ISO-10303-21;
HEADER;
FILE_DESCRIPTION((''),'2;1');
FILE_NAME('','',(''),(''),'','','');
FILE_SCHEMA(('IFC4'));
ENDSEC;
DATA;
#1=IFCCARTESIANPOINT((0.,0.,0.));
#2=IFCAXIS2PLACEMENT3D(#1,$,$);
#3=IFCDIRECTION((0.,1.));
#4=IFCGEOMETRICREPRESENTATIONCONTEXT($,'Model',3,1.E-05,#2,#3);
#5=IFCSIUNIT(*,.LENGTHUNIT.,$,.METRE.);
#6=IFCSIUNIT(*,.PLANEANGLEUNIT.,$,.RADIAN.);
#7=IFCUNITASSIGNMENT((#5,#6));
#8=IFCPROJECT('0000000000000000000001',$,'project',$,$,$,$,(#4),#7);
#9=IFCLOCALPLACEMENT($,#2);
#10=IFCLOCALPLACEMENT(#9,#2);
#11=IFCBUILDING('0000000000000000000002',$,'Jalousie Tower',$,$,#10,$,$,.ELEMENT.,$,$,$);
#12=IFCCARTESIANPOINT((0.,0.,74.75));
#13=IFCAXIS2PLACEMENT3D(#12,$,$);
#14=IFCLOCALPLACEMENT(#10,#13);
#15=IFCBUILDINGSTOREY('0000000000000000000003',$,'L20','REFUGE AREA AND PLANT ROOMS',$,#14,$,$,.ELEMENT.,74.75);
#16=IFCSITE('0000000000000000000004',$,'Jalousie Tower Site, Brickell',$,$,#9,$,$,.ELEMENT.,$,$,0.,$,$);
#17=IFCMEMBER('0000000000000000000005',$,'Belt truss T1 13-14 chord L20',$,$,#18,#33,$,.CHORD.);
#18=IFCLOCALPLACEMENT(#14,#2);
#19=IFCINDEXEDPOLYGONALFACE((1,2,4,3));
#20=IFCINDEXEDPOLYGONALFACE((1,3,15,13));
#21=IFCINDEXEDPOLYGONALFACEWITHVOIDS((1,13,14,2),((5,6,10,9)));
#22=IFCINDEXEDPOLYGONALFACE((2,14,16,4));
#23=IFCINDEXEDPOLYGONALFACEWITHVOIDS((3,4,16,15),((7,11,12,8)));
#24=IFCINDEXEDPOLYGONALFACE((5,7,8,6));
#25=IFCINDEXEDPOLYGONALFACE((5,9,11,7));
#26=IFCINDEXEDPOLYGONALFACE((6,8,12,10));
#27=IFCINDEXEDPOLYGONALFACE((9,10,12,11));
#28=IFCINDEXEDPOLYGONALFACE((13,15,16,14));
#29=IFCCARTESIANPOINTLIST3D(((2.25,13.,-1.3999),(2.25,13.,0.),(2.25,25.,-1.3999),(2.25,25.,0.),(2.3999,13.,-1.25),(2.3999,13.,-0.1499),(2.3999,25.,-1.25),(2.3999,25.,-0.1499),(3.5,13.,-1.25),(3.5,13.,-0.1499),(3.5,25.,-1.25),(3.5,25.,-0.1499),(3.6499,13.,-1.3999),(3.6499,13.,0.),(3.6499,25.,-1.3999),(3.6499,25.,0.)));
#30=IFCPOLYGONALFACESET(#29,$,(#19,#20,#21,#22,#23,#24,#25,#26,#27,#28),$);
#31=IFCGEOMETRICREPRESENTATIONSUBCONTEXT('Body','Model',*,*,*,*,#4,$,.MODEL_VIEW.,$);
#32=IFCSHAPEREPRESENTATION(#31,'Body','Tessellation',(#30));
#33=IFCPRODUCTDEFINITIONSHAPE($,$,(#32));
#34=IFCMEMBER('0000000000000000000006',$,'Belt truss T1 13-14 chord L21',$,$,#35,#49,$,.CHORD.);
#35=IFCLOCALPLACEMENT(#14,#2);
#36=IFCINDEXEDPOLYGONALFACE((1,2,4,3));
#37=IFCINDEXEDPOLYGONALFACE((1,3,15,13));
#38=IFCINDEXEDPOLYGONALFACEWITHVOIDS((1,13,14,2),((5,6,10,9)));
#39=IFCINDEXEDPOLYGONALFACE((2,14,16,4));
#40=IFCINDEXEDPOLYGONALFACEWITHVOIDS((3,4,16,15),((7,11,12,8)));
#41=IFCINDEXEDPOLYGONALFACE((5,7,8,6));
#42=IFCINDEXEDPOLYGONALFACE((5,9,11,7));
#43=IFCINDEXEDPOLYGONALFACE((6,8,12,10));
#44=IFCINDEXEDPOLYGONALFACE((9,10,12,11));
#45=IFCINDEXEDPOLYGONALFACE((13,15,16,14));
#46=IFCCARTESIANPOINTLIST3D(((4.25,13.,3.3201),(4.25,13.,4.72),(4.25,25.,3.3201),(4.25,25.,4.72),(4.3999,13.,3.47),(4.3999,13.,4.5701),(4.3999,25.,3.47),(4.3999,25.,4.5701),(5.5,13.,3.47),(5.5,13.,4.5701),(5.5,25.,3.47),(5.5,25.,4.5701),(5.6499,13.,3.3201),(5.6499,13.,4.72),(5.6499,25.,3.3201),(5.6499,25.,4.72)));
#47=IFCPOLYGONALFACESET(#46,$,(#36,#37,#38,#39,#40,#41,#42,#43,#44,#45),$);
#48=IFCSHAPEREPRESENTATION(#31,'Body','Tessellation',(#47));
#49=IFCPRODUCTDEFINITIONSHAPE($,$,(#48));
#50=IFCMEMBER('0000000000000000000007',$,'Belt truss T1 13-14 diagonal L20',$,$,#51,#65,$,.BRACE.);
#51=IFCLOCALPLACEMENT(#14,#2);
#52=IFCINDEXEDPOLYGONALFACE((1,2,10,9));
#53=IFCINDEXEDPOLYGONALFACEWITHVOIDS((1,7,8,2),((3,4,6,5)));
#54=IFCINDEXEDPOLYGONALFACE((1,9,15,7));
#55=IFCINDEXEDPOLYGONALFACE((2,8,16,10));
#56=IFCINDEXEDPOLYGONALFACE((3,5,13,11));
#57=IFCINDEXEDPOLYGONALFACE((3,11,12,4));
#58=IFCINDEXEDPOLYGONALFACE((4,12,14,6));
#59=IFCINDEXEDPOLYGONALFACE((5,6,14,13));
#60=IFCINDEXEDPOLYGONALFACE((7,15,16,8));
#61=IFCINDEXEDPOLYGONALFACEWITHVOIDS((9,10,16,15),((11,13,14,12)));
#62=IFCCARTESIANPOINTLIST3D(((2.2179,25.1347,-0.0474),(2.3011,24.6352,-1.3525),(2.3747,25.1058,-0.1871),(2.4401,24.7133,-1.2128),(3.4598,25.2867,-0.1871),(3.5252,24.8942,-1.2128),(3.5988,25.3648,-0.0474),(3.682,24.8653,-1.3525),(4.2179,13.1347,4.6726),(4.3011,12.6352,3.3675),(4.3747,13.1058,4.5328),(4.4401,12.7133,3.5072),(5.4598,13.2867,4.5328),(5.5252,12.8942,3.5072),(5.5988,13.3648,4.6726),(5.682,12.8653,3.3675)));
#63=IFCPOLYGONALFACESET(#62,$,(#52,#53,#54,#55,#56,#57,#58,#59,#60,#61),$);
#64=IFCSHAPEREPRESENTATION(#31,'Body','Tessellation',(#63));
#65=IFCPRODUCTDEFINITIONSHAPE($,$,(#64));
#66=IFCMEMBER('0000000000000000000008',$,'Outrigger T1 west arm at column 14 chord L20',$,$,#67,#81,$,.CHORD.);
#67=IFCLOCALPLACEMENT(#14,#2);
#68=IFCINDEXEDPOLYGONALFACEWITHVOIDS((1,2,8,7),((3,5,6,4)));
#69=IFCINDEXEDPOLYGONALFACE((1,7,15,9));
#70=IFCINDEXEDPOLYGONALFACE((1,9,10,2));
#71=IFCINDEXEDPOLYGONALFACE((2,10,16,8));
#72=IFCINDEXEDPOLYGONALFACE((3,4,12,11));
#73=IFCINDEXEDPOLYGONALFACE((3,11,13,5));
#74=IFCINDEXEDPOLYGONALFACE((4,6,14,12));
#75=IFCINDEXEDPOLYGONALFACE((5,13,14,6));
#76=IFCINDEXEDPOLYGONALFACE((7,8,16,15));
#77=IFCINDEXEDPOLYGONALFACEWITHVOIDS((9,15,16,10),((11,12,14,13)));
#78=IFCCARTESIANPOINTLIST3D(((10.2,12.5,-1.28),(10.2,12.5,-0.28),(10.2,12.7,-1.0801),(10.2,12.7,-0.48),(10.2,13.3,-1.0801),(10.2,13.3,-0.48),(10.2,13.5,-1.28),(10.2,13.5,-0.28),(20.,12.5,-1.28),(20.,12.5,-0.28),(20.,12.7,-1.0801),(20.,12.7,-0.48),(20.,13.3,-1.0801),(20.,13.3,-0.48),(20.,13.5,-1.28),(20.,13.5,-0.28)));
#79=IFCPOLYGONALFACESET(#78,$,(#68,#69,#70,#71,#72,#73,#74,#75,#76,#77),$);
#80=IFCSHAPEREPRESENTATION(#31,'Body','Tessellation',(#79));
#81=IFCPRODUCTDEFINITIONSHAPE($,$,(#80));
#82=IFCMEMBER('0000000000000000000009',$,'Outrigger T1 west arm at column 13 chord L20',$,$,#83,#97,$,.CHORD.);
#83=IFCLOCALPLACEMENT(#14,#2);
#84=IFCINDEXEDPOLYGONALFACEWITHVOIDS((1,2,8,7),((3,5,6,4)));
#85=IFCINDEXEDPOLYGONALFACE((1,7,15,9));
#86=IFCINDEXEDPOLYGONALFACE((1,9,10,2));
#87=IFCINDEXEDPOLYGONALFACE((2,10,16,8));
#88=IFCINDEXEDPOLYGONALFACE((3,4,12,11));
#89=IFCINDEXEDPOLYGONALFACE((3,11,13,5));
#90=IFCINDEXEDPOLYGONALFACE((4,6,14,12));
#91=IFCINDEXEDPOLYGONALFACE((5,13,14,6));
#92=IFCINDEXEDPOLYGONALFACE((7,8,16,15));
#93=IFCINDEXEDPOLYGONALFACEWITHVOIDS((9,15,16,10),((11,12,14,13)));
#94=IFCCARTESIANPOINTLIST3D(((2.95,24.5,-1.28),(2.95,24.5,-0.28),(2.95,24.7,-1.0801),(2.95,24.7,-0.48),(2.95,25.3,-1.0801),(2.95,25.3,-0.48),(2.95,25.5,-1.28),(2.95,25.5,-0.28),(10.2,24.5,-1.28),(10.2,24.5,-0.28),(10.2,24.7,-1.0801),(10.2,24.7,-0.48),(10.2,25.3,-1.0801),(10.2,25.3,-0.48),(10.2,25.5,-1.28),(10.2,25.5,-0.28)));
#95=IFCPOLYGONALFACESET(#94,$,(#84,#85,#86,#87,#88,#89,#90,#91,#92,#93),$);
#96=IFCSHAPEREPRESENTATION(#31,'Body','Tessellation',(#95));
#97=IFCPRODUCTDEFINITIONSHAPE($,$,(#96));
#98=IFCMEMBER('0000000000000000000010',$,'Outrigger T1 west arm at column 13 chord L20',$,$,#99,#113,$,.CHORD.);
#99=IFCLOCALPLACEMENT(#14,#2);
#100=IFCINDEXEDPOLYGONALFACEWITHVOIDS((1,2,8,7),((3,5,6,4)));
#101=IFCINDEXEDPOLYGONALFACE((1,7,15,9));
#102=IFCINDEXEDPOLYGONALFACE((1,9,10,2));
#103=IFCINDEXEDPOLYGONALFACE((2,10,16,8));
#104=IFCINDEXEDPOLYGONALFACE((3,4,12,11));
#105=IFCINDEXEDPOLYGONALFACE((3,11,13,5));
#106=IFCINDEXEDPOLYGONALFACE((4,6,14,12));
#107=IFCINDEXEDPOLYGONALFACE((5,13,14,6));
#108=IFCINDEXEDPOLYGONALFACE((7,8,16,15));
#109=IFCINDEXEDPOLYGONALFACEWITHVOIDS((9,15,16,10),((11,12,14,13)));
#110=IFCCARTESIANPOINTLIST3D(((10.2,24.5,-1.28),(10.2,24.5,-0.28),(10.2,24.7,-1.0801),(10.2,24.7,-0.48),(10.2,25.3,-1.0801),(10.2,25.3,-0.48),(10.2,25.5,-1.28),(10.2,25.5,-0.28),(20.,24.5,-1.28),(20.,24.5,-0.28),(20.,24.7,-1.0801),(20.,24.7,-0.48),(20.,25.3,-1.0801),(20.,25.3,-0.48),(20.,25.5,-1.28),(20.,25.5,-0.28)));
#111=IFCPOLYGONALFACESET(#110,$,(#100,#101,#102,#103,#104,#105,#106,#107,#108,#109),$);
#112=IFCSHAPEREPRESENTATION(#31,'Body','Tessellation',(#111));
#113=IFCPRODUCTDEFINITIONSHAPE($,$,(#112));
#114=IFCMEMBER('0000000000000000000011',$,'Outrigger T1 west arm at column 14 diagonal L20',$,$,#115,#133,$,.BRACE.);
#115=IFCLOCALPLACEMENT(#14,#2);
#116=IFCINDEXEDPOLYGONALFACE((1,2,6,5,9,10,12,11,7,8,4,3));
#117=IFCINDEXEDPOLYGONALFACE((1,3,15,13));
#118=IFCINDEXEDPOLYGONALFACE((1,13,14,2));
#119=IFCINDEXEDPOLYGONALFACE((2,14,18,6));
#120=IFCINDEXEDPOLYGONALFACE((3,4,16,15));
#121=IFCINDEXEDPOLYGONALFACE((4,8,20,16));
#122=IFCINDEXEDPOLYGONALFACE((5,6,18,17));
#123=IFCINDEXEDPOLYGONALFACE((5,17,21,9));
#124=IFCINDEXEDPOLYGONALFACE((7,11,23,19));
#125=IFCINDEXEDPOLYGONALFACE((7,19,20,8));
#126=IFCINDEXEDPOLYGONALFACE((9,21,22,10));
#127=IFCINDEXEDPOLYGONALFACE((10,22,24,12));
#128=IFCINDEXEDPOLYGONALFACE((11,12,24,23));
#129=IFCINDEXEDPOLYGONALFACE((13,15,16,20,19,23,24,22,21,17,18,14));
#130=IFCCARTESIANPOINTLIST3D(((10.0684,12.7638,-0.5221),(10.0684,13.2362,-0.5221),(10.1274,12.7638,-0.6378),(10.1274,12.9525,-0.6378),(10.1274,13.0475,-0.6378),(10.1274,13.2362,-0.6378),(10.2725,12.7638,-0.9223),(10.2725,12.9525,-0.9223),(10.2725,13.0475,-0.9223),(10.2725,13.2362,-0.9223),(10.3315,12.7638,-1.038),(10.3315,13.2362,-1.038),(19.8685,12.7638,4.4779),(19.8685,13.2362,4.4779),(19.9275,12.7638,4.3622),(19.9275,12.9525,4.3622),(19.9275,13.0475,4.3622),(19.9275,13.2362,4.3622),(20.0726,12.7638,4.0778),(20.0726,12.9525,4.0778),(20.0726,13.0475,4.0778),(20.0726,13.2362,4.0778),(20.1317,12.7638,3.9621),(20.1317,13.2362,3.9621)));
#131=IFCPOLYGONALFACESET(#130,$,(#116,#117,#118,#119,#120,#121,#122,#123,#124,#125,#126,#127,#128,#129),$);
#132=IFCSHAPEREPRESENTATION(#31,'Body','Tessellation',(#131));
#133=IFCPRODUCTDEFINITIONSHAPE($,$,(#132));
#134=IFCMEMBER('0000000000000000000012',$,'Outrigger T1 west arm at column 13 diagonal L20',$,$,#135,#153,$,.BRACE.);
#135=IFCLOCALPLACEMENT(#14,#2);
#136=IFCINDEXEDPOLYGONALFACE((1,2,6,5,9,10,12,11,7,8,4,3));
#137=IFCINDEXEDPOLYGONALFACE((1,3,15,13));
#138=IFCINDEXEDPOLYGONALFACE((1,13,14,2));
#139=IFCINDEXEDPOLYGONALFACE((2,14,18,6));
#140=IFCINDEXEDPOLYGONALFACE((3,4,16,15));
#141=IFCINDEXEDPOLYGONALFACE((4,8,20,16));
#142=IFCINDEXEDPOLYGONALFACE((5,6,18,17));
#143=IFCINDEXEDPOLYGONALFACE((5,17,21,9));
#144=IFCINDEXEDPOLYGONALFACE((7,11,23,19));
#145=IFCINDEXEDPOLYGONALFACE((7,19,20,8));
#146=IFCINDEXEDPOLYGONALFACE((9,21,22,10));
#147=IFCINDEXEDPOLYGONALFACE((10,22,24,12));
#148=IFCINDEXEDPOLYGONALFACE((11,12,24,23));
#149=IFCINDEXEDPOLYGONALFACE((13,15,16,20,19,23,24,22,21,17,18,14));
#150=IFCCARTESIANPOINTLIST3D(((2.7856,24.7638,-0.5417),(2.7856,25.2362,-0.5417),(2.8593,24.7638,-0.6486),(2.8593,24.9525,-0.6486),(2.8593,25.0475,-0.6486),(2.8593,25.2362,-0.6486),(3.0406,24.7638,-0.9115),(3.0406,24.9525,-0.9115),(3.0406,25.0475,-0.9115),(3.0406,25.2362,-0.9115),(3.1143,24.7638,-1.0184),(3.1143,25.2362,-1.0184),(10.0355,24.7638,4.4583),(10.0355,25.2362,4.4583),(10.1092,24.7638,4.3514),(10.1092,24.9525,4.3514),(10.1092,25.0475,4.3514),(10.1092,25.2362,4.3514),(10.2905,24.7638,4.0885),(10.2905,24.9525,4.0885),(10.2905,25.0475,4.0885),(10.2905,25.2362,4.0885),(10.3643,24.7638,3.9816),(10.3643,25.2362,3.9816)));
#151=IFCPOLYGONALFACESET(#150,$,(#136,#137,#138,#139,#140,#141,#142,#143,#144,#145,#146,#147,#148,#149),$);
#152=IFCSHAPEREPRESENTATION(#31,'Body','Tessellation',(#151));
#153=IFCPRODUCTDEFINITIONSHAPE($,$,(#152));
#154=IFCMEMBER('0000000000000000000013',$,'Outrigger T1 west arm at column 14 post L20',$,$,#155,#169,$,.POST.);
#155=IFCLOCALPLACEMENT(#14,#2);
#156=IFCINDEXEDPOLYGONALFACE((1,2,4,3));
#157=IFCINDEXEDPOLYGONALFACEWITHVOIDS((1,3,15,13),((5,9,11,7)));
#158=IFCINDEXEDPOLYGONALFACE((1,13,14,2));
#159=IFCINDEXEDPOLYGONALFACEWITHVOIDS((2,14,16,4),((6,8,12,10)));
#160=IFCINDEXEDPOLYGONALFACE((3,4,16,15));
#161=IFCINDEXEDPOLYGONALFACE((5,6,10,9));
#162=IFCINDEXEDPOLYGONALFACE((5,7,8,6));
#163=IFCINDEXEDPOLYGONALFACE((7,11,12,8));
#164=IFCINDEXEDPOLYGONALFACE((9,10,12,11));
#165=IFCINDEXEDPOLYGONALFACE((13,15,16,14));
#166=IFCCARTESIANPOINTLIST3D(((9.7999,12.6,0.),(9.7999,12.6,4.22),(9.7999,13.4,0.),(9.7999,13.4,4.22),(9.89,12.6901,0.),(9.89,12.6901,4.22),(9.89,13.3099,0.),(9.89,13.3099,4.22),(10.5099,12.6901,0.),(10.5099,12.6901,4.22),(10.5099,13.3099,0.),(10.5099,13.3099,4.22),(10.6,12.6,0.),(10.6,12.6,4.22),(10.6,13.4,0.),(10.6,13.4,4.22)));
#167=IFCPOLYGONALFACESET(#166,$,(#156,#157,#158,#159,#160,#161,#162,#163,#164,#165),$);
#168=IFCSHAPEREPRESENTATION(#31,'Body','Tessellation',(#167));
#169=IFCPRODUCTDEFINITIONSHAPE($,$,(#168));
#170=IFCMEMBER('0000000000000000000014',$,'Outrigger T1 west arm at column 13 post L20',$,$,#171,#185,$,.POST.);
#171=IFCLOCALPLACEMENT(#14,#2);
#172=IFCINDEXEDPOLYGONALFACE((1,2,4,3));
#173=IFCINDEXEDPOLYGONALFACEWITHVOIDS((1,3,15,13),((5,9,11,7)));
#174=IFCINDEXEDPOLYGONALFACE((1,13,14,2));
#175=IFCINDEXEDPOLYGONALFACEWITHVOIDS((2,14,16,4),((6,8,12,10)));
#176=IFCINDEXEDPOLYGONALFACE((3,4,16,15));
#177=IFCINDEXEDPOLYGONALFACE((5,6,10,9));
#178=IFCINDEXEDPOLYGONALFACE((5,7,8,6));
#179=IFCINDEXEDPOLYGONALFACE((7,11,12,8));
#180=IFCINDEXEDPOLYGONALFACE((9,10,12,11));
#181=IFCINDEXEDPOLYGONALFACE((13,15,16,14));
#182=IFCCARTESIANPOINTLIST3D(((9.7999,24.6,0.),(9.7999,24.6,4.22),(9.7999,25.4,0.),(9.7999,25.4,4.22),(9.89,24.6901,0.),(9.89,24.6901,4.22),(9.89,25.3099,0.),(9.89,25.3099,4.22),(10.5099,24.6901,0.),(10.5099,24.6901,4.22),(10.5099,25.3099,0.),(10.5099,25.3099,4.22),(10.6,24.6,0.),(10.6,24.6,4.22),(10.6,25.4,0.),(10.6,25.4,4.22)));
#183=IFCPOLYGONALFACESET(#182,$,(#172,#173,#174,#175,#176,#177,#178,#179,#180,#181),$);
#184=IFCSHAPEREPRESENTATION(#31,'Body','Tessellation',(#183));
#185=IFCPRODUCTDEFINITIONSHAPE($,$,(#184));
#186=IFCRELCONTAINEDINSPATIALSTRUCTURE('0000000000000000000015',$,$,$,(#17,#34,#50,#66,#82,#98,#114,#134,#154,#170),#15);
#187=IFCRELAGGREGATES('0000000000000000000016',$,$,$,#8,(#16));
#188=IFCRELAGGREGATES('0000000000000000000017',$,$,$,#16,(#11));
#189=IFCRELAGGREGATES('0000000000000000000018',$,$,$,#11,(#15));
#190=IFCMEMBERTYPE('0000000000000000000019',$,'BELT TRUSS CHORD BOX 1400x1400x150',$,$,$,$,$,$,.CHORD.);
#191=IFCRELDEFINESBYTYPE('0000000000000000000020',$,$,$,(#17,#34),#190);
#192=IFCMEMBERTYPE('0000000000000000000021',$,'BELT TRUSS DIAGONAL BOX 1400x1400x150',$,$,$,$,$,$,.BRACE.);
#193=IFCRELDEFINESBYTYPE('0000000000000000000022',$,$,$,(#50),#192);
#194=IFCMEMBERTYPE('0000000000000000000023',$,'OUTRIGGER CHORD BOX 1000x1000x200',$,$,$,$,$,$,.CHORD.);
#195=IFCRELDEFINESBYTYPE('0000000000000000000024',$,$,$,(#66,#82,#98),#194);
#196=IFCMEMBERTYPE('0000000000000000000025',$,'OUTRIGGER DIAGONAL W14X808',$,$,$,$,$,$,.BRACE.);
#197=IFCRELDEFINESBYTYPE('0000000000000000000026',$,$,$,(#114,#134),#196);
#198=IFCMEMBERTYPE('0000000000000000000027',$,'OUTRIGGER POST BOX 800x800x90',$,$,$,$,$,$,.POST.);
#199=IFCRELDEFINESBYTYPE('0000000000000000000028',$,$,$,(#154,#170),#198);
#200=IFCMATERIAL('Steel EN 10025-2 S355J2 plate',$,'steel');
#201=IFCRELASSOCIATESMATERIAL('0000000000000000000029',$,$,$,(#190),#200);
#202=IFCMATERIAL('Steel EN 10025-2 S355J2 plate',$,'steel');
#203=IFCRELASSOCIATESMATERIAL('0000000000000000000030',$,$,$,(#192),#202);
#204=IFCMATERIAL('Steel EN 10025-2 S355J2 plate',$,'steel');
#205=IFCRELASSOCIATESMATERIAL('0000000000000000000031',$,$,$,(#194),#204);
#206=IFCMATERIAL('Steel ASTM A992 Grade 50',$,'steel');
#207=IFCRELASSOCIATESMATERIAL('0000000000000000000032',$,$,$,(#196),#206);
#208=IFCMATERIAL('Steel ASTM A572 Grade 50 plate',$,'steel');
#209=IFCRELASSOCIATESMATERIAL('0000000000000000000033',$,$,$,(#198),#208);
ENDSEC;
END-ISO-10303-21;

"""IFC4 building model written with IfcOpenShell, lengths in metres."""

from ifc_helpers import new_model, si_unit, direction, frame, origin, origin_2d, place, context, subcontext, project, spatial, hollow_rectangle, i_section, extrude, material, material_profile, profile_set, type_object, element, save


model = new_model("IFC4")

# Units and contexts
model_context = context("Model", 3, precision=1e-05, world=origin(), true_north=direction((0.0, 1.0)))
body_context = subcontext(model_context, "Body", "Model", "MODEL_VIEW")
ifc_project = project(units=[si_unit("LENGTHUNIT", "METRE"), si_unit("PLANEANGLEUNIT", "RADIAN")], contexts=[model_context])

# Site, building, storey
site_placement = place(None, origin())
site = spatial("IfcSite", under=ifc_project, at=site_placement, Name="Jalousie Tower Site, Brickell", CompositionType="ELEMENT", RefElevation=0.0)
building_placement = place(site_placement, origin())
building = spatial("IfcBuilding", under=site, at=building_placement, Name="Jalousie Tower", CompositionType="ELEMENT")
storey_placement = place(building_placement, frame((0.0, 0.0, 74.75)))
storey = spatial("IfcBuildingStorey", under=building, at=storey_placement, Name="L20", Description="REFUGE AREA AND PLANT ROOMS", CompositionType="ELEMENT", Elevation=74.75)

# Members
ifc_material_1 = material(Name="Steel EN 10025-2 S355J2 plate", Category="steel")
ifc_material_profile_1 = material_profile(ifc_material_1, hollow_rectangle(XDim=1.3999, YDim=1.3999, WallThickness=0.1499, at=origin_2d()), Name="BOX 1400x1400x150")
ifc_profile_set_1 = profile_set([ifc_material_profile_1], Name="Steel EN 10025-2 S355J2 plate")
member_type_1 = type_object("IfcMemberType", Name="BELT TRUSS CHORD BOX 1400x1400x150", PredefinedType="CHORD", material=ifc_profile_set_1)
for number, where, z_axis, x_axis, name in (
    (1, (2.95, 25.0, -0.7), (0.0, -1.0, 0.0), (1.0, 0.0, 0.0), "Belt truss T1 13-14 chord L20"),
    (2, (4.95, 25.0, 4.02), (0.0, -1.0, 0.0), (1.0, 0.0, 0.0), "Belt truss T1 13-14 chord L21"),
):
    element("IfcMember", number, at=place(storey_placement, frame(where, z_axis=z_axis, x_axis=x_axis)), inside=storey, type_object=member_type_1, Name=name, PredefinedType="CHORD", context=body_context, shape_type="SweptSolid", body=[
        extrude(hollow_rectangle(XDim=1.3999, YDim=1.3999, WallThickness=0.1499, at=origin_2d()), origin(), (0.0, 0.0, 1.0), 12.0),
    ])
ifc_material_2 = material(Name="Steel EN 10025-2 S355J2 plate", Category="steel")
ifc_material_profile_2 = material_profile(ifc_material_2, hollow_rectangle(XDim=1.3999, YDim=1.3999, WallThickness=0.1499, at=origin_2d()), Name="BOX 1400x1400x150")
ifc_profile_set_2 = profile_set([ifc_material_profile_2], Name="Steel EN 10025-2 S355J2 plate")
member_type_2 = type_object("IfcMemberType", Name="BELT TRUSS DIAGONAL BOX 1400x1400x150", PredefinedType="BRACE", material=ifc_profile_set_2)
member_1_placement = place(storey_placement, frame((2.95, 25.0, -0.7), z_axis=(0.153268, -0.919606, 0.361709), x_axis=(0.986394, 0.164399, 0.0)))
element("IfcMember", 3, at=member_1_placement, inside=storey, type_object=member_type_2, Name="Belt truss T1 13-14 diagonal L20", PredefinedType="BRACE", context=body_context, shape_type="SweptSolid", body=[
    extrude(hollow_rectangle(XDim=1.3999, YDim=1.3999, WallThickness=0.1499, at=origin_2d()), origin(), (0.0, 0.0, 1.0), 13.0491),
])
ifc_material_3 = material(Name="Steel EN 10025-2 S355J2 plate", Category="steel")
ifc_material_profile_3 = material_profile(ifc_material_3, hollow_rectangle(XDim=1.0, YDim=1.0, WallThickness=0.2, at=origin_2d()), Name="BOX 1000x1000x200")
ifc_profile_set_3 = profile_set([ifc_material_profile_3], Name="Steel EN 10025-2 S355J2 plate")
member_type_3 = type_object("IfcMemberType", Name="OUTRIGGER CHORD BOX 1000x1000x200", PredefinedType="CHORD", material=ifc_profile_set_3)
member_2_placement = place(storey_placement, frame((10.2, 13.0, -0.78), z_axis=(1.0, 0.0, 0.0), x_axis=(0.0, 1.0, 0.0)))
element("IfcMember", 4, at=member_2_placement, inside=storey, type_object=member_type_3, Name="Outrigger T1 west arm at column 14 chord L20", PredefinedType="CHORD", context=body_context, shape_type="SweptSolid", body=[
    extrude(hollow_rectangle(XDim=1.0, YDim=1.0, WallThickness=0.2, at=origin_2d()), origin(), (0.0, 0.0, 1.0), 9.8),
])
member_3_placement = place(storey_placement, frame((2.95, 25.0, -0.78), z_axis=(1.0, 0.0, 0.0), x_axis=(0.0, 1.0, 0.0)))
element("IfcMember", 5, at=member_3_placement, inside=storey, type_object=member_type_3, Name="Outrigger T1 west arm at column 13 chord L20", PredefinedType="CHORD", context=body_context, shape_type="SweptSolid", body=[
    extrude(hollow_rectangle(XDim=1.0, YDim=1.0, WallThickness=0.2, at=origin_2d()), origin(), (0.0, 0.0, 1.0), 7.25),
])
member_4_placement = place(storey_placement, frame((10.2, 25.0, -0.78), z_axis=(1.0, 0.0, 0.0), x_axis=(0.0, 1.0, 0.0)))
element("IfcMember", 6, at=member_4_placement, inside=storey, type_object=member_type_3, Name="Outrigger T1 west arm at column 13 chord L20", PredefinedType="CHORD", context=body_context, shape_type="SweptSolid", body=[
    extrude(hollow_rectangle(XDim=1.0, YDim=1.0, WallThickness=0.2, at=origin_2d()), origin(), (0.0, 0.0, 1.0), 9.8),
])
ifc_material_4 = material(Name="Steel ASTM A992 Grade 50", Category="steel")
ifc_material_profile_4 = material_profile(ifc_material_4, i_section(OverallWidth=0.4724, OverallDepth=0.5791, WebThickness=0.095, FlangeThickness=0.1299, at=origin_2d()), Name="W14X808")
ifc_profile_set_4 = profile_set([ifc_material_profile_4], Name="Steel ASTM A992 Grade 50")
member_type_4 = type_object("IfcMemberType", Name="OUTRIGGER DIAGONAL W14X808", PredefinedType="BRACE", material=ifc_profile_set_4)
member_5_placement = place(storey_placement, frame((10.2, 13.0, -0.78), z_axis=(0.890763, 0.0, 0.454469), x_axis=(0.0, 1.0, 0.0)))
element("IfcMember", 7, at=member_5_placement, inside=storey, type_object=member_type_4, Name="Outrigger T1 west arm at column 14 diagonal L20", PredefinedType="BRACE", context=body_context, shape_type="SweptSolid", body=[
    extrude(i_section(OverallWidth=0.4724, OverallDepth=0.5791, WebThickness=0.095, FlangeThickness=0.1299, at=origin_2d()), origin(), (0.0, 0.0, 1.0), 11.002),
])
member_6_placement = place(storey_placement, frame((2.95, 25.0, -0.78), z_axis=(0.823213, 0.0, 0.567733), x_axis=(0.0, 1.0, 0.0)))
element("IfcMember", 8, at=member_6_placement, inside=storey, type_object=member_type_4, Name="Outrigger T1 west arm at column 13 diagonal L20", PredefinedType="BRACE", context=body_context, shape_type="SweptSolid", body=[
    extrude(i_section(OverallWidth=0.4724, OverallDepth=0.5791, WebThickness=0.095, FlangeThickness=0.1299, at=origin_2d()), origin(), (0.0, 0.0, 1.0), 8.8069),
])
ifc_material_5 = material(Name="Steel ASTM A572 Grade 50 plate", Category="steel")
ifc_material_profile_5 = material_profile(ifc_material_5, hollow_rectangle(XDim=0.8, YDim=0.8, WallThickness=0.0901, at=origin_2d()), Name="BOX 800x800x90")
ifc_profile_set_5 = profile_set([ifc_material_profile_5], Name="Steel ASTM A572 Grade 50 plate")
member_type_5 = type_object("IfcMemberType", Name="OUTRIGGER POST BOX 800x800x90", PredefinedType="POST", material=ifc_profile_set_5)
for number, where, z_axis, x_axis, name in (
    (9, (10.2, 13.0, 0.0), (0.0, 0.0, 1.0), (1.0, 0.0, 0.0), "Outrigger T1 west arm at column 14 post L20"),
    (10, (10.2, 25.0, 0.0), (0.0, 0.0, 1.0), (1.0, 0.0, 0.0), "Outrigger T1 west arm at column 13 post L20"),
):
    element("IfcMember", number, at=place(storey_placement, frame(where, z_axis=z_axis, x_axis=x_axis)), inside=storey, type_object=member_type_5, Name=name, PredefinedType="POST", context=body_context, shape_type="SweptSolid", body=[
        extrude(hollow_rectangle(XDim=0.8, YDim=0.8, WallThickness=0.0901, at=origin_2d()), origin(), (0.0, 0.0, 1.0), 4.22),
    ])

save(model, "model.ifc")
